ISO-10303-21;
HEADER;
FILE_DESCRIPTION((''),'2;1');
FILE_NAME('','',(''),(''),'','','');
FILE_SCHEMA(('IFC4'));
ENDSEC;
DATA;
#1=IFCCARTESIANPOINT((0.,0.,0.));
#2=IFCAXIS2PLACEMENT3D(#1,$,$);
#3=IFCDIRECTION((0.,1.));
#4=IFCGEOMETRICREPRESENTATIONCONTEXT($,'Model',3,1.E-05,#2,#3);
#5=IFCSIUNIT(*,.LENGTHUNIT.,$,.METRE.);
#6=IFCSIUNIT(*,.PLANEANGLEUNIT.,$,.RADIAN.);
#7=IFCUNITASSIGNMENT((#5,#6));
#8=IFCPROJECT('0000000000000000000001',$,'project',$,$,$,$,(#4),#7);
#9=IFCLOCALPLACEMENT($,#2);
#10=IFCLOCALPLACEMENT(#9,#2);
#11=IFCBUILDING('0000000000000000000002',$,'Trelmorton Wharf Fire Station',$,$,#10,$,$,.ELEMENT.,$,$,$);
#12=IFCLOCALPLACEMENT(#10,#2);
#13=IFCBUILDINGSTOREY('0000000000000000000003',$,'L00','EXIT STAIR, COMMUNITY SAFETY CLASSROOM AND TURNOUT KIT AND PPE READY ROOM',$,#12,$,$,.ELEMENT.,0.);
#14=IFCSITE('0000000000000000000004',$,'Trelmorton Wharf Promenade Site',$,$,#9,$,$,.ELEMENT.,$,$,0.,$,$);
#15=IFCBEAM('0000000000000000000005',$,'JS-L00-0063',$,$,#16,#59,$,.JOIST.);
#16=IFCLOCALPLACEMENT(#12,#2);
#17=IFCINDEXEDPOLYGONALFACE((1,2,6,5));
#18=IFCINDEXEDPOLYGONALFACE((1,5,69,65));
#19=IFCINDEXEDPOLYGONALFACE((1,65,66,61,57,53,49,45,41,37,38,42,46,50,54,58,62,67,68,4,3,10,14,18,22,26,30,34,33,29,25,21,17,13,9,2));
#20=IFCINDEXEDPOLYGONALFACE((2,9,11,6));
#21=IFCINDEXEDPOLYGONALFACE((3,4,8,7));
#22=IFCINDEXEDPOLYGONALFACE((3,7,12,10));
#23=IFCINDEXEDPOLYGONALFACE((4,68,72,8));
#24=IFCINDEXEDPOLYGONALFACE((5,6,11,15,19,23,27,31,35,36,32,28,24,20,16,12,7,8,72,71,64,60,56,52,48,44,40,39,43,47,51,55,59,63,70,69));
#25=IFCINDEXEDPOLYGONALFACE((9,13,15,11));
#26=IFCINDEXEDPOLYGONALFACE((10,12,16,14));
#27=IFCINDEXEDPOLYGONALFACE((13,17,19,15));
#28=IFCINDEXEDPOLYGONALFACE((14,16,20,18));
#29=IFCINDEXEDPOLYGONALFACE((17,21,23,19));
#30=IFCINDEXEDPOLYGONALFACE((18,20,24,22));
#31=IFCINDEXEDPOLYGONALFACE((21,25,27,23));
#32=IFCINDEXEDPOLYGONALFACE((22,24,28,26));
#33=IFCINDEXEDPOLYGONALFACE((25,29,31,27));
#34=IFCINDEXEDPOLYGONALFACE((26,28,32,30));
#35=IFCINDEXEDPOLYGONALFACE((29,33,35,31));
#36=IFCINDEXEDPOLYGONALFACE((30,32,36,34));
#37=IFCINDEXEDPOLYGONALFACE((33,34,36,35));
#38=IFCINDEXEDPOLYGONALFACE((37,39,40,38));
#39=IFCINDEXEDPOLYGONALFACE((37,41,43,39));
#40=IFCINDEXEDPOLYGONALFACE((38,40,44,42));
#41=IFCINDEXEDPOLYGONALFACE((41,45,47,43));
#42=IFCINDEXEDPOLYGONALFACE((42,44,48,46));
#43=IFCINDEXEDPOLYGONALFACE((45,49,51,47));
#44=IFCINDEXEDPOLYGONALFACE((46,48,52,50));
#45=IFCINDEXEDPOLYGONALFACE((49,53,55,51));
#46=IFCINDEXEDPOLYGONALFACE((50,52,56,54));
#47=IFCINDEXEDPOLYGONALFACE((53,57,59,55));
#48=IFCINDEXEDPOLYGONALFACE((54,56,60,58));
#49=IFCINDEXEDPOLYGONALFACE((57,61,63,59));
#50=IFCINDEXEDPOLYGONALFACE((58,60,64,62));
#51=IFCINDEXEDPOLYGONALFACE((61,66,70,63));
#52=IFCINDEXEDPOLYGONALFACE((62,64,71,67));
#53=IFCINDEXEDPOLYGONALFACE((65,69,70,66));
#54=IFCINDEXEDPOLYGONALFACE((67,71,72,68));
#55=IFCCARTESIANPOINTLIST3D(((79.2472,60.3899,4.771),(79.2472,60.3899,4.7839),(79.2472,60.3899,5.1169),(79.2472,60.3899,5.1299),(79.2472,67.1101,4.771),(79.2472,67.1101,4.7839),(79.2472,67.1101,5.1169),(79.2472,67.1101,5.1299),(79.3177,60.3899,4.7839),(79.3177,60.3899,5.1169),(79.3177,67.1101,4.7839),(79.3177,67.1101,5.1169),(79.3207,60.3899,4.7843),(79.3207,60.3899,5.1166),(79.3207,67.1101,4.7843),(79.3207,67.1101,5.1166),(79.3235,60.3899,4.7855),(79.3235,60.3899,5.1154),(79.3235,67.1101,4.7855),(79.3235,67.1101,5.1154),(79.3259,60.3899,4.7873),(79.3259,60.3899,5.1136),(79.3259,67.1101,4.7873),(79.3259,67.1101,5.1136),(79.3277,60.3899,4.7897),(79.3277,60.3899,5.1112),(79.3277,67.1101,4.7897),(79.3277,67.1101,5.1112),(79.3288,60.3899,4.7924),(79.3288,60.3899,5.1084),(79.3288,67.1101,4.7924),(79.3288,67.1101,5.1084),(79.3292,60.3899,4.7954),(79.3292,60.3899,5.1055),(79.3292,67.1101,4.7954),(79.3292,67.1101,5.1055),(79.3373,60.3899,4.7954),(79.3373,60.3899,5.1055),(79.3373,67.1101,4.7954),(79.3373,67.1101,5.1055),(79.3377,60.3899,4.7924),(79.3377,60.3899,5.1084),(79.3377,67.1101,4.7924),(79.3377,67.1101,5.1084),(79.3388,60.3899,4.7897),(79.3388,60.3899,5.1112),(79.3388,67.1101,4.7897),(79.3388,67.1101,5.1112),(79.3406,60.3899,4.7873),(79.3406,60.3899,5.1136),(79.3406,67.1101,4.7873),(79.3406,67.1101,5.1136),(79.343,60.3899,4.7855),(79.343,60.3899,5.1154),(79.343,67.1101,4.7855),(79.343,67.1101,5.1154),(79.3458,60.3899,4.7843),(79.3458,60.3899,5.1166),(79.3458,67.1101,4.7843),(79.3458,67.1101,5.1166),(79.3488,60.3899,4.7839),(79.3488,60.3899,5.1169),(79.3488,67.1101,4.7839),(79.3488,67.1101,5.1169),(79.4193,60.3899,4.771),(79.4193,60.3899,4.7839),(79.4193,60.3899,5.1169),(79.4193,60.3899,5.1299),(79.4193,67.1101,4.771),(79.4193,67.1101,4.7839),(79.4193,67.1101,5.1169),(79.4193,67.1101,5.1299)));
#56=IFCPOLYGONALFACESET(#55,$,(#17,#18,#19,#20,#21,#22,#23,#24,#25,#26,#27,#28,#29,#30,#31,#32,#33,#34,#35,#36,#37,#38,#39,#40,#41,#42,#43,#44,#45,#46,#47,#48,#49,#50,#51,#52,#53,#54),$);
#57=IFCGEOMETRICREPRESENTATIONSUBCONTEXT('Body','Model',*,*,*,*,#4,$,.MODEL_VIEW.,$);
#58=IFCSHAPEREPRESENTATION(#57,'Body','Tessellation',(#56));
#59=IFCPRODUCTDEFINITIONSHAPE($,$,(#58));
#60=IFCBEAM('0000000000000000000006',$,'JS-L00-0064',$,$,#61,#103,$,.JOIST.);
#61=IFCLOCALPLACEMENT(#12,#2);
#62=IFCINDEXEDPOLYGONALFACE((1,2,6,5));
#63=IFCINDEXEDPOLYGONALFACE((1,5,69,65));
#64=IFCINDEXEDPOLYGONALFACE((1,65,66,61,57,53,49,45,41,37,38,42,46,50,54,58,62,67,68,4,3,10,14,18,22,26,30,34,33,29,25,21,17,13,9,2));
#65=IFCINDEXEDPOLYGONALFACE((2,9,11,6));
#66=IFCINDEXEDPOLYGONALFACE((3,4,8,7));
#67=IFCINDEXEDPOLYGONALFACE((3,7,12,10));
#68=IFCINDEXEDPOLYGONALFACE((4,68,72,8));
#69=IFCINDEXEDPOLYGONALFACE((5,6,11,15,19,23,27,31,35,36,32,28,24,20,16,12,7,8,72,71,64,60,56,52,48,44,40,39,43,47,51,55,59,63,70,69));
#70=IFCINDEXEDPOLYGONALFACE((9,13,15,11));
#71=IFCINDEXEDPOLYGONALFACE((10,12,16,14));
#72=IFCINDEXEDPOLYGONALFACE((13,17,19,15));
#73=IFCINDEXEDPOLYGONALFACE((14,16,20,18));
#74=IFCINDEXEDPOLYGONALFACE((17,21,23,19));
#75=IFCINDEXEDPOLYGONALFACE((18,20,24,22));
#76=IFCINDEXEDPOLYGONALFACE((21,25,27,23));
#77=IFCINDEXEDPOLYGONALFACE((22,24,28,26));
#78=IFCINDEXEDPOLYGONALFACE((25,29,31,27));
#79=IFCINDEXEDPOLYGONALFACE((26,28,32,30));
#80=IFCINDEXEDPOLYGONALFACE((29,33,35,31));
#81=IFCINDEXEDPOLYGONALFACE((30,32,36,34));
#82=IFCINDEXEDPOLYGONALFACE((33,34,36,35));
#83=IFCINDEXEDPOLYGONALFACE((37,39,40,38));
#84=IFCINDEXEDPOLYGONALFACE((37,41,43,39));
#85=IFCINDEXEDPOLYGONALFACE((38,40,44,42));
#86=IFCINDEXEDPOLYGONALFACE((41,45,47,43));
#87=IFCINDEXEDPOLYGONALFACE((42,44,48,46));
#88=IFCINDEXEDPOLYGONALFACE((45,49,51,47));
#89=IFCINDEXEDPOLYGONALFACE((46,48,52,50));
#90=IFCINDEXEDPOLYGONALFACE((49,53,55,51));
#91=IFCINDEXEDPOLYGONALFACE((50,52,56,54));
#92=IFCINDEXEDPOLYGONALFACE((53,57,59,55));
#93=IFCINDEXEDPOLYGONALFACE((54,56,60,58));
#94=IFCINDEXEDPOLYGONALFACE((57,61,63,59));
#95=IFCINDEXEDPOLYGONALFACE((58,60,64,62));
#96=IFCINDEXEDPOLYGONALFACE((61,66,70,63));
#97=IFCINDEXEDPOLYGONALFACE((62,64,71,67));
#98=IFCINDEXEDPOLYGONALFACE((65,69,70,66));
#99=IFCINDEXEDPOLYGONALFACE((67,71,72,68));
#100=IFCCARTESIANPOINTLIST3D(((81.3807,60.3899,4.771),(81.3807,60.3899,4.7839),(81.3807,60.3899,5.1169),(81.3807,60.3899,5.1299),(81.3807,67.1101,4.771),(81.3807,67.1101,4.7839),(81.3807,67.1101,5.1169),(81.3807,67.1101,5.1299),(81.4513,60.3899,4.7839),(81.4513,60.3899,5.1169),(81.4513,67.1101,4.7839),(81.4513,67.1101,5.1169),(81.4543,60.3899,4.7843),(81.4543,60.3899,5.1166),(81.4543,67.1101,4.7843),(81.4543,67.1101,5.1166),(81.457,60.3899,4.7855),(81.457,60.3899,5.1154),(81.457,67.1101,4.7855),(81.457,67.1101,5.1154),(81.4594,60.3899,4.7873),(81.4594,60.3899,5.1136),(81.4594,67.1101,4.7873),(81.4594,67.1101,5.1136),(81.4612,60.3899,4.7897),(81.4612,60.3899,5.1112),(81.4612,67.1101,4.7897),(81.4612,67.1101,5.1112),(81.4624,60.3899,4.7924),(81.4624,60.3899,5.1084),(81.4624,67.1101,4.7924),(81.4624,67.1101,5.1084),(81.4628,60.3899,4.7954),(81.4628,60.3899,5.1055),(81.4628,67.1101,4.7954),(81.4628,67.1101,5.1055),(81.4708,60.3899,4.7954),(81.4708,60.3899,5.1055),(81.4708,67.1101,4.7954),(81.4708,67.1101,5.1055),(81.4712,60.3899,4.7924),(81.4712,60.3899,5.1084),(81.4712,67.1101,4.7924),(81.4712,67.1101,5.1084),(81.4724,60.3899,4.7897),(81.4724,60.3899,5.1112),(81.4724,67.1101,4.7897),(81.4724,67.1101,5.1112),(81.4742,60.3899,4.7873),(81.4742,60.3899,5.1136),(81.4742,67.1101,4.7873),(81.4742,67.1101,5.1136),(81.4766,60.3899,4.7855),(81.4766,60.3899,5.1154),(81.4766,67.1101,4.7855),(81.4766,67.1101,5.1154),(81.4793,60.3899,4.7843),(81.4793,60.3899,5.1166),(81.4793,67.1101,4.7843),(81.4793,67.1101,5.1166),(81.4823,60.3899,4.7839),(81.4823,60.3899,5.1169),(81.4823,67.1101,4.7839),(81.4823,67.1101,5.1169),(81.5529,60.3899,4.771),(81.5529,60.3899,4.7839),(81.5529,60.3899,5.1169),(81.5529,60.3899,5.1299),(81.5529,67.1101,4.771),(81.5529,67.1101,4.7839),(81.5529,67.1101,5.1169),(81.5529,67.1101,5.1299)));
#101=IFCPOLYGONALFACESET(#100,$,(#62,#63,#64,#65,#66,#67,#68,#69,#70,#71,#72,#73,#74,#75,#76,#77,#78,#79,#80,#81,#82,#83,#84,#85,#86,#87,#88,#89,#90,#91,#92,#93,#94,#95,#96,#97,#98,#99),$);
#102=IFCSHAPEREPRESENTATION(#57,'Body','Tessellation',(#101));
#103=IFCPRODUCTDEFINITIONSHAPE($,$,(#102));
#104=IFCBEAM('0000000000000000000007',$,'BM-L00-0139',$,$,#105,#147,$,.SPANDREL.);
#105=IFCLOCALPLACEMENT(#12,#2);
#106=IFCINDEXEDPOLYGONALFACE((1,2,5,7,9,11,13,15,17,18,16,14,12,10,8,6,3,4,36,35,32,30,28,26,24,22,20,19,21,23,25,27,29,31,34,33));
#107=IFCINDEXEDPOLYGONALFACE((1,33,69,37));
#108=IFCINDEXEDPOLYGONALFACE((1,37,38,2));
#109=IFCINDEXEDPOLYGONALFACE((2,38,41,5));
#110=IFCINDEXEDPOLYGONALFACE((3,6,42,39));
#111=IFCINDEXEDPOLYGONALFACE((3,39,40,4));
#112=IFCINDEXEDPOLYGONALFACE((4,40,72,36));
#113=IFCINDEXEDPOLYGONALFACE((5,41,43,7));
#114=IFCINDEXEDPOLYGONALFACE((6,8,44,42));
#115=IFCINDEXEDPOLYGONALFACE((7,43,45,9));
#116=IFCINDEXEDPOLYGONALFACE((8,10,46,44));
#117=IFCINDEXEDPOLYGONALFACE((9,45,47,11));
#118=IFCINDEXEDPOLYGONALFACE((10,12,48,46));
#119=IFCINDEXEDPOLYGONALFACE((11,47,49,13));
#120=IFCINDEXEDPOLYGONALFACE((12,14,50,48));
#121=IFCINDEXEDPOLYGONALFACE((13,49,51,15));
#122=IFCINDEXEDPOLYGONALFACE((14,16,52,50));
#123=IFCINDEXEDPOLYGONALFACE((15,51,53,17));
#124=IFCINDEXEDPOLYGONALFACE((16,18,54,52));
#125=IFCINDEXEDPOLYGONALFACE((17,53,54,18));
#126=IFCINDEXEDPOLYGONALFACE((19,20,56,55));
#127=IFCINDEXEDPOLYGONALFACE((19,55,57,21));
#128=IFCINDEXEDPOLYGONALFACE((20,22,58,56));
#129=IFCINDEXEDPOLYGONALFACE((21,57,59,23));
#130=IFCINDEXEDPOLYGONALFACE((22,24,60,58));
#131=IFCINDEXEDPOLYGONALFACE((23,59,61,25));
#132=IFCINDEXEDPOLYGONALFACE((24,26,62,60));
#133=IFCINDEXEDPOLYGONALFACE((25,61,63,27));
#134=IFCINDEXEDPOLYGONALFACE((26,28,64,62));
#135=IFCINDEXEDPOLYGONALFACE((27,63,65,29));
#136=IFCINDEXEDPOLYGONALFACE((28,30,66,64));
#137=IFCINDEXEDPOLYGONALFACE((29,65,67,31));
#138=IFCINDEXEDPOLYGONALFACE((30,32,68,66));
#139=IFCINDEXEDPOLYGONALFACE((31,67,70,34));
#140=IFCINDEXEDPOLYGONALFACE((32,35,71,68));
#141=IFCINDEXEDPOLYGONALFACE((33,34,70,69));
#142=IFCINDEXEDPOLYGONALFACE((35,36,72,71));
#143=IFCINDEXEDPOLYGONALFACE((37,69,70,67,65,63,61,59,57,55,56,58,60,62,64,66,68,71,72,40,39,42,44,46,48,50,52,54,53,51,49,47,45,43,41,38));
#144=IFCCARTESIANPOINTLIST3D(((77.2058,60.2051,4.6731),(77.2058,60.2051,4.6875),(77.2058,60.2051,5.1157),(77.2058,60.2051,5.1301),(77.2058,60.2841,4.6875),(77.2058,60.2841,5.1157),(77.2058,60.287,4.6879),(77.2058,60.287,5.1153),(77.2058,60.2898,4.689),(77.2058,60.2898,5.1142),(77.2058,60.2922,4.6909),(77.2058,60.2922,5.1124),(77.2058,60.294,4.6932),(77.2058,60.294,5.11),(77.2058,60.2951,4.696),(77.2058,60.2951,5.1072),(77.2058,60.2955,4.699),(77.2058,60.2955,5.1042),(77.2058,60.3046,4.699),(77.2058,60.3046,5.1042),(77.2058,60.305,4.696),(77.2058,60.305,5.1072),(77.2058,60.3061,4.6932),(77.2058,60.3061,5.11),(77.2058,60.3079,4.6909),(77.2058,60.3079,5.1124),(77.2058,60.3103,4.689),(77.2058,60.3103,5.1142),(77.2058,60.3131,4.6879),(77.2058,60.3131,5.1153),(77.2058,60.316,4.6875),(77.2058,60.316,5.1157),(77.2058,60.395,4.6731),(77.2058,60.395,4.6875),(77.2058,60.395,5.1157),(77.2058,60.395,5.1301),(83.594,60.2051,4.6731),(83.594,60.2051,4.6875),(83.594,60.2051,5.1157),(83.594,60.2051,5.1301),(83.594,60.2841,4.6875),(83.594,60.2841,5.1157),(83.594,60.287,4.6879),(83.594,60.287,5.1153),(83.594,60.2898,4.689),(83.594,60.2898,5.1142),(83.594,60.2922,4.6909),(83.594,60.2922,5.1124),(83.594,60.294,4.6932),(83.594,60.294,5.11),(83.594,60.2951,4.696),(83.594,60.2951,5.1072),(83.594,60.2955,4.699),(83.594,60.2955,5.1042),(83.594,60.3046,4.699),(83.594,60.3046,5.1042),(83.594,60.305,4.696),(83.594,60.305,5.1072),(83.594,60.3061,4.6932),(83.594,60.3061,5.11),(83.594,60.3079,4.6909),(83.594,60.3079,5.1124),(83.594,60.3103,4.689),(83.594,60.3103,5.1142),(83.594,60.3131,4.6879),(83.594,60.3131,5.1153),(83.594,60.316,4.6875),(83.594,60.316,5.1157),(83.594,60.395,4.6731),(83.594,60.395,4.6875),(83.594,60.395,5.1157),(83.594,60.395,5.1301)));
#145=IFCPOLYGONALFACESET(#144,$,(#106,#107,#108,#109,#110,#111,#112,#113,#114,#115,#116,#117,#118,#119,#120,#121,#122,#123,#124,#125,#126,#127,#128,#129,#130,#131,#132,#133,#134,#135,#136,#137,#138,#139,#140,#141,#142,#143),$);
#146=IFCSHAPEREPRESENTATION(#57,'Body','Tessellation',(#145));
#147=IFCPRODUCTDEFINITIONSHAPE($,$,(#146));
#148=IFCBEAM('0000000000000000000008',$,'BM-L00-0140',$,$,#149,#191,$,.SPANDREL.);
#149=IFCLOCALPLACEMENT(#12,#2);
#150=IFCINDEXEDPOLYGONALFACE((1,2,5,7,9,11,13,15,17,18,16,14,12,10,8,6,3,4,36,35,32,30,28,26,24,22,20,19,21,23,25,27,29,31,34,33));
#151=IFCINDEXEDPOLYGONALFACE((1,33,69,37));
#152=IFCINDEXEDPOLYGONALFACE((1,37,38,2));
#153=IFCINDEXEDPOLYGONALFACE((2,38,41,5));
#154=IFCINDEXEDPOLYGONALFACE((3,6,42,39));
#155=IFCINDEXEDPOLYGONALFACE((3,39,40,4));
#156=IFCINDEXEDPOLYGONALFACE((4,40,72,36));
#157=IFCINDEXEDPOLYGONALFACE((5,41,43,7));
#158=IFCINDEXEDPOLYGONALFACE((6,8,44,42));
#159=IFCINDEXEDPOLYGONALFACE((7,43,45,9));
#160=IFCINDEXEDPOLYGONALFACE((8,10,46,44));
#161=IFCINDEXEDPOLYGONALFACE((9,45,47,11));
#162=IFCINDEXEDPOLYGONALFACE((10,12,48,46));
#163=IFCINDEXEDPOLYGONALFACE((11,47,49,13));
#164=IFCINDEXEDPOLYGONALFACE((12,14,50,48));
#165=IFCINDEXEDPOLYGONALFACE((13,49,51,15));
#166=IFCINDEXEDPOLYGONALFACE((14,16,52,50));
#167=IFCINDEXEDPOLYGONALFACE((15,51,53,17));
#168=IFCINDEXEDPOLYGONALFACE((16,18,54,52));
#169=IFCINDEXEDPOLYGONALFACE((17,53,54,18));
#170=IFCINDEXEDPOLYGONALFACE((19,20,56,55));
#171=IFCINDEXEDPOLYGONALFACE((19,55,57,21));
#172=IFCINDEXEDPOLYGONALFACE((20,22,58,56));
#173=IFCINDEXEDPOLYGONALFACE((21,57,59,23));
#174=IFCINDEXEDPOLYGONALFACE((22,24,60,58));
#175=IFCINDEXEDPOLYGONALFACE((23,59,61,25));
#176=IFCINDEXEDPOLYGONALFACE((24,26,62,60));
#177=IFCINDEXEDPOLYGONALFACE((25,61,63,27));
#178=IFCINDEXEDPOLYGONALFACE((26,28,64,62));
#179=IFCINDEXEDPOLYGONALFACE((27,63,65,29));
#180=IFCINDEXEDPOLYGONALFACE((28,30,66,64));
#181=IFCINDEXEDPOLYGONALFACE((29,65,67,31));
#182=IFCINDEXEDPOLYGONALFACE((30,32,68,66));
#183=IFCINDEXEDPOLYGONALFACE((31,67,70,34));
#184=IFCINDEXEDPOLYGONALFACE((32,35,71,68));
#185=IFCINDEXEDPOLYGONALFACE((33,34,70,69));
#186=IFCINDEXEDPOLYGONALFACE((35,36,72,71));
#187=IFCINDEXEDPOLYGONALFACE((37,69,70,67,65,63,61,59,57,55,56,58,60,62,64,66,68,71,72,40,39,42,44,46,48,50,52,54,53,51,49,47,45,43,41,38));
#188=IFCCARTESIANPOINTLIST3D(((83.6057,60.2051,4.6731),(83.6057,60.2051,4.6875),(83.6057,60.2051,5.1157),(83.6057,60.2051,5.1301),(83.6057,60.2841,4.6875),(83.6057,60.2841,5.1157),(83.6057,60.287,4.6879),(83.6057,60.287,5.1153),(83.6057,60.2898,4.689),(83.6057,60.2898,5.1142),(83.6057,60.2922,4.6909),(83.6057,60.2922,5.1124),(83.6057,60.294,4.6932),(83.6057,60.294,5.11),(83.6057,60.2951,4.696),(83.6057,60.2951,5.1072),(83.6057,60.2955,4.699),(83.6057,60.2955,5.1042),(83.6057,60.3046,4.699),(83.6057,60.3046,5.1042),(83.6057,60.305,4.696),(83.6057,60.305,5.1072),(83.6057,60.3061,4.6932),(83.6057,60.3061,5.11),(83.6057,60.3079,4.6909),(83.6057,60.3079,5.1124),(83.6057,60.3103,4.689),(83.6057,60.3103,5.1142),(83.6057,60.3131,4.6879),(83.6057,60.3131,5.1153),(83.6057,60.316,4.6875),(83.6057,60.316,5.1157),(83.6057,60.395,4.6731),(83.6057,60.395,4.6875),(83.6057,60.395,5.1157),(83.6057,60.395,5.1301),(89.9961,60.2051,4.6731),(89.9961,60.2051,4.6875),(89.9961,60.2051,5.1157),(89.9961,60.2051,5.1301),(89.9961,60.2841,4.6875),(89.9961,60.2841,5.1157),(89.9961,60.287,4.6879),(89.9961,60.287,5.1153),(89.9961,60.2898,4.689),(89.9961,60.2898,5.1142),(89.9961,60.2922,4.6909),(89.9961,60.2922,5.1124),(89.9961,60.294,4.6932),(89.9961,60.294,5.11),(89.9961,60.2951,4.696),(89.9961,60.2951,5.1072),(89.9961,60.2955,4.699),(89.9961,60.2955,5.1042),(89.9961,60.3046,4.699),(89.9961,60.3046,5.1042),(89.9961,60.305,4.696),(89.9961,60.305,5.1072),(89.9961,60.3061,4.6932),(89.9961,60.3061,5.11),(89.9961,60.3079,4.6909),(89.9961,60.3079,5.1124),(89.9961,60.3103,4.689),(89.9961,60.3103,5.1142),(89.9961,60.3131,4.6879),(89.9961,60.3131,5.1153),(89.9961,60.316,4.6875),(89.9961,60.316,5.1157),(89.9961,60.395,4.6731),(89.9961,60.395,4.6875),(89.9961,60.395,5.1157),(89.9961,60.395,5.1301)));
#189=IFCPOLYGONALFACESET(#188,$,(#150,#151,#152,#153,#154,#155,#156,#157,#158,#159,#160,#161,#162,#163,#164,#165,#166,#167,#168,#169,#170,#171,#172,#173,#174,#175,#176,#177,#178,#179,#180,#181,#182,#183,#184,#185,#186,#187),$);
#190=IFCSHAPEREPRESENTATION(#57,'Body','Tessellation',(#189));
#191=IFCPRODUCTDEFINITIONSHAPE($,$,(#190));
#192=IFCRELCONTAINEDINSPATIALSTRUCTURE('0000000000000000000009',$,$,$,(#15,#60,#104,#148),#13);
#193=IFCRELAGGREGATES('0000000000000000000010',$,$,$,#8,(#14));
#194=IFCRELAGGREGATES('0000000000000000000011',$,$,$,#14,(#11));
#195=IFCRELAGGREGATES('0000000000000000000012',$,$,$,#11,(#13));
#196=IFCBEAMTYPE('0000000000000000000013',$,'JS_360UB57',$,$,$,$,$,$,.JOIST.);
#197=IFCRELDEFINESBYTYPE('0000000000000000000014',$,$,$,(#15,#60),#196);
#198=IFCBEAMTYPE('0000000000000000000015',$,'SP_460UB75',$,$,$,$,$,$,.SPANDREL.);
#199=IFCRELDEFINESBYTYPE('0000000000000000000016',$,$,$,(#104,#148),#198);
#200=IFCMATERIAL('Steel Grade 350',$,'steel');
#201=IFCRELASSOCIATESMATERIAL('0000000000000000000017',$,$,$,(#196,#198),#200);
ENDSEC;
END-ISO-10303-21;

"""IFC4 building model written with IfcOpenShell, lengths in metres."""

from ifc_helpers import new_model, si_unit, direction, frame, origin, origin_2d, place, context, subcontext, project, spatial, i_section, extrude, material, material_profile, profile_set, type_object, element, save


model = new_model("IFC4")

# Units and contexts
model_context = context("Model", 3, precision=1e-05, world=origin(), true_north=direction((0.0, 1.0)))
body_context = subcontext(model_context, "Body", "Model", "MODEL_VIEW")
ifc_project = project(units=[si_unit("LENGTHUNIT", "METRE"), si_unit("PLANEANGLEUNIT", "RADIAN")], contexts=[model_context])

# Site, building, storey
site_placement = place(None, origin())
site = spatial("IfcSite", under=ifc_project, at=site_placement, Name="Trelmorton Wharf Promenade Site", CompositionType="ELEMENT", RefElevation=0.0)
building_placement = place(site_placement, origin())
building = spatial("IfcBuilding", under=site, at=building_placement, Name="Trelmorton Wharf Fire Station", CompositionType="ELEMENT")
storey_placement = place(building_placement, origin())
storey = spatial("IfcBuildingStorey", under=building, at=storey_placement, Name="L00", Description="EXIT STAIR, COMMUNITY SAFETY CLASSROOM AND TURNOUT KIT AND PPE READY ROOM", CompositionType="ELEMENT", Elevation=0.0)

# Shared definitions
ifc_material_1 = material(Name="Steel Grade 350", Category="steel")

# Beams
ifc_material_profile_1 = material_profile(ifc_material_1, i_section(OverallWidth=0.1721, OverallDepth=0.3589, WebThickness=0.0081, FlangeThickness=0.0129, FilletRadius=0.0115, at=origin_2d()), Name="360UB56.7")
ifc_profile_set_1 = profile_set([ifc_material_profile_1], Name="Steel Grade 350")
beam_type_1 = type_object("IfcBeamType", Name="JS_360UB57", PredefinedType="JOIST", material=ifc_profile_set_1)
for number, where, z_axis, x_axis, name in (
    (1, (79.3333, 60.3899, 4.9504), (0.0, 1.0, 0.0), (-1.0, 0.0, 0.0), "JS-L00-0063"),
    (2, (81.4668, 60.3899, 4.9504), (0.0, 1.0, 0.0), (-1.0, 0.0, 0.0), "JS-L00-0064"),
):
    element("IfcBeam", number, at=place(storey_placement, frame(where, z_axis=z_axis, x_axis=x_axis)), inside=storey, type_object=beam_type_1, Name=name, PredefinedType="JOIST", context=body_context, shape_type="SweptSolid", body=[
        extrude(i_section(OverallWidth=0.1721, OverallDepth=0.3589, WebThickness=0.0081, FlangeThickness=0.0129, FilletRadius=0.0115, at=origin_2d()), origin(), (0.0, 0.0, 1.0), 6.7202),
    ])
ifc_material_profile_2 = material_profile(ifc_material_1, i_section(OverallWidth=0.1899, OverallDepth=0.457, WebThickness=0.009, FlangeThickness=0.0144, FilletRadius=0.0115, at=origin_2d()), Name="460UB74.6")
ifc_profile_set_2 = profile_set([ifc_material_profile_2], Name="Steel Grade 350")
beam_type_2 = type_object("IfcBeamType", Name="SP_460UB75", PredefinedType="SPANDREL", material=ifc_profile_set_2)
beam_1_placement = place(storey_placement, frame((77.2058, 60.3, 4.9016), z_axis=(1.0, 0.0, 0.0), x_axis=(0.0, 1.0, 0.0)))
element("IfcBeam", 3, at=beam_1_placement, inside=storey, type_object=beam_type_2, Name="BM-L00-0139", PredefinedType="SPANDREL", context=body_context, shape_type="SweptSolid", body=[
    extrude(i_section(OverallWidth=0.1899, OverallDepth=0.457, WebThickness=0.009, FlangeThickness=0.0144, FilletRadius=0.0115, at=origin_2d()), origin(), (0.0, 0.0, 1.0), 6.3882),
])
beam_2_placement = place(storey_placement, frame((83.6057, 60.3, 4.9016), z_axis=(1.0, 0.0, 0.0), x_axis=(0.0, 1.0, 0.0)))
element("IfcBeam", 4, at=beam_2_placement, inside=storey, type_object=beam_type_2, Name="BM-L00-0140", PredefinedType="SPANDREL", context=body_context, shape_type="SweptSolid", body=[
    extrude(i_section(OverallWidth=0.1899, OverallDepth=0.457, WebThickness=0.009, FlangeThickness=0.0144, FilletRadius=0.0115, at=origin_2d()), origin(), (0.0, 0.0, 1.0), 6.3904),
])

save(model, "model.ifc")
